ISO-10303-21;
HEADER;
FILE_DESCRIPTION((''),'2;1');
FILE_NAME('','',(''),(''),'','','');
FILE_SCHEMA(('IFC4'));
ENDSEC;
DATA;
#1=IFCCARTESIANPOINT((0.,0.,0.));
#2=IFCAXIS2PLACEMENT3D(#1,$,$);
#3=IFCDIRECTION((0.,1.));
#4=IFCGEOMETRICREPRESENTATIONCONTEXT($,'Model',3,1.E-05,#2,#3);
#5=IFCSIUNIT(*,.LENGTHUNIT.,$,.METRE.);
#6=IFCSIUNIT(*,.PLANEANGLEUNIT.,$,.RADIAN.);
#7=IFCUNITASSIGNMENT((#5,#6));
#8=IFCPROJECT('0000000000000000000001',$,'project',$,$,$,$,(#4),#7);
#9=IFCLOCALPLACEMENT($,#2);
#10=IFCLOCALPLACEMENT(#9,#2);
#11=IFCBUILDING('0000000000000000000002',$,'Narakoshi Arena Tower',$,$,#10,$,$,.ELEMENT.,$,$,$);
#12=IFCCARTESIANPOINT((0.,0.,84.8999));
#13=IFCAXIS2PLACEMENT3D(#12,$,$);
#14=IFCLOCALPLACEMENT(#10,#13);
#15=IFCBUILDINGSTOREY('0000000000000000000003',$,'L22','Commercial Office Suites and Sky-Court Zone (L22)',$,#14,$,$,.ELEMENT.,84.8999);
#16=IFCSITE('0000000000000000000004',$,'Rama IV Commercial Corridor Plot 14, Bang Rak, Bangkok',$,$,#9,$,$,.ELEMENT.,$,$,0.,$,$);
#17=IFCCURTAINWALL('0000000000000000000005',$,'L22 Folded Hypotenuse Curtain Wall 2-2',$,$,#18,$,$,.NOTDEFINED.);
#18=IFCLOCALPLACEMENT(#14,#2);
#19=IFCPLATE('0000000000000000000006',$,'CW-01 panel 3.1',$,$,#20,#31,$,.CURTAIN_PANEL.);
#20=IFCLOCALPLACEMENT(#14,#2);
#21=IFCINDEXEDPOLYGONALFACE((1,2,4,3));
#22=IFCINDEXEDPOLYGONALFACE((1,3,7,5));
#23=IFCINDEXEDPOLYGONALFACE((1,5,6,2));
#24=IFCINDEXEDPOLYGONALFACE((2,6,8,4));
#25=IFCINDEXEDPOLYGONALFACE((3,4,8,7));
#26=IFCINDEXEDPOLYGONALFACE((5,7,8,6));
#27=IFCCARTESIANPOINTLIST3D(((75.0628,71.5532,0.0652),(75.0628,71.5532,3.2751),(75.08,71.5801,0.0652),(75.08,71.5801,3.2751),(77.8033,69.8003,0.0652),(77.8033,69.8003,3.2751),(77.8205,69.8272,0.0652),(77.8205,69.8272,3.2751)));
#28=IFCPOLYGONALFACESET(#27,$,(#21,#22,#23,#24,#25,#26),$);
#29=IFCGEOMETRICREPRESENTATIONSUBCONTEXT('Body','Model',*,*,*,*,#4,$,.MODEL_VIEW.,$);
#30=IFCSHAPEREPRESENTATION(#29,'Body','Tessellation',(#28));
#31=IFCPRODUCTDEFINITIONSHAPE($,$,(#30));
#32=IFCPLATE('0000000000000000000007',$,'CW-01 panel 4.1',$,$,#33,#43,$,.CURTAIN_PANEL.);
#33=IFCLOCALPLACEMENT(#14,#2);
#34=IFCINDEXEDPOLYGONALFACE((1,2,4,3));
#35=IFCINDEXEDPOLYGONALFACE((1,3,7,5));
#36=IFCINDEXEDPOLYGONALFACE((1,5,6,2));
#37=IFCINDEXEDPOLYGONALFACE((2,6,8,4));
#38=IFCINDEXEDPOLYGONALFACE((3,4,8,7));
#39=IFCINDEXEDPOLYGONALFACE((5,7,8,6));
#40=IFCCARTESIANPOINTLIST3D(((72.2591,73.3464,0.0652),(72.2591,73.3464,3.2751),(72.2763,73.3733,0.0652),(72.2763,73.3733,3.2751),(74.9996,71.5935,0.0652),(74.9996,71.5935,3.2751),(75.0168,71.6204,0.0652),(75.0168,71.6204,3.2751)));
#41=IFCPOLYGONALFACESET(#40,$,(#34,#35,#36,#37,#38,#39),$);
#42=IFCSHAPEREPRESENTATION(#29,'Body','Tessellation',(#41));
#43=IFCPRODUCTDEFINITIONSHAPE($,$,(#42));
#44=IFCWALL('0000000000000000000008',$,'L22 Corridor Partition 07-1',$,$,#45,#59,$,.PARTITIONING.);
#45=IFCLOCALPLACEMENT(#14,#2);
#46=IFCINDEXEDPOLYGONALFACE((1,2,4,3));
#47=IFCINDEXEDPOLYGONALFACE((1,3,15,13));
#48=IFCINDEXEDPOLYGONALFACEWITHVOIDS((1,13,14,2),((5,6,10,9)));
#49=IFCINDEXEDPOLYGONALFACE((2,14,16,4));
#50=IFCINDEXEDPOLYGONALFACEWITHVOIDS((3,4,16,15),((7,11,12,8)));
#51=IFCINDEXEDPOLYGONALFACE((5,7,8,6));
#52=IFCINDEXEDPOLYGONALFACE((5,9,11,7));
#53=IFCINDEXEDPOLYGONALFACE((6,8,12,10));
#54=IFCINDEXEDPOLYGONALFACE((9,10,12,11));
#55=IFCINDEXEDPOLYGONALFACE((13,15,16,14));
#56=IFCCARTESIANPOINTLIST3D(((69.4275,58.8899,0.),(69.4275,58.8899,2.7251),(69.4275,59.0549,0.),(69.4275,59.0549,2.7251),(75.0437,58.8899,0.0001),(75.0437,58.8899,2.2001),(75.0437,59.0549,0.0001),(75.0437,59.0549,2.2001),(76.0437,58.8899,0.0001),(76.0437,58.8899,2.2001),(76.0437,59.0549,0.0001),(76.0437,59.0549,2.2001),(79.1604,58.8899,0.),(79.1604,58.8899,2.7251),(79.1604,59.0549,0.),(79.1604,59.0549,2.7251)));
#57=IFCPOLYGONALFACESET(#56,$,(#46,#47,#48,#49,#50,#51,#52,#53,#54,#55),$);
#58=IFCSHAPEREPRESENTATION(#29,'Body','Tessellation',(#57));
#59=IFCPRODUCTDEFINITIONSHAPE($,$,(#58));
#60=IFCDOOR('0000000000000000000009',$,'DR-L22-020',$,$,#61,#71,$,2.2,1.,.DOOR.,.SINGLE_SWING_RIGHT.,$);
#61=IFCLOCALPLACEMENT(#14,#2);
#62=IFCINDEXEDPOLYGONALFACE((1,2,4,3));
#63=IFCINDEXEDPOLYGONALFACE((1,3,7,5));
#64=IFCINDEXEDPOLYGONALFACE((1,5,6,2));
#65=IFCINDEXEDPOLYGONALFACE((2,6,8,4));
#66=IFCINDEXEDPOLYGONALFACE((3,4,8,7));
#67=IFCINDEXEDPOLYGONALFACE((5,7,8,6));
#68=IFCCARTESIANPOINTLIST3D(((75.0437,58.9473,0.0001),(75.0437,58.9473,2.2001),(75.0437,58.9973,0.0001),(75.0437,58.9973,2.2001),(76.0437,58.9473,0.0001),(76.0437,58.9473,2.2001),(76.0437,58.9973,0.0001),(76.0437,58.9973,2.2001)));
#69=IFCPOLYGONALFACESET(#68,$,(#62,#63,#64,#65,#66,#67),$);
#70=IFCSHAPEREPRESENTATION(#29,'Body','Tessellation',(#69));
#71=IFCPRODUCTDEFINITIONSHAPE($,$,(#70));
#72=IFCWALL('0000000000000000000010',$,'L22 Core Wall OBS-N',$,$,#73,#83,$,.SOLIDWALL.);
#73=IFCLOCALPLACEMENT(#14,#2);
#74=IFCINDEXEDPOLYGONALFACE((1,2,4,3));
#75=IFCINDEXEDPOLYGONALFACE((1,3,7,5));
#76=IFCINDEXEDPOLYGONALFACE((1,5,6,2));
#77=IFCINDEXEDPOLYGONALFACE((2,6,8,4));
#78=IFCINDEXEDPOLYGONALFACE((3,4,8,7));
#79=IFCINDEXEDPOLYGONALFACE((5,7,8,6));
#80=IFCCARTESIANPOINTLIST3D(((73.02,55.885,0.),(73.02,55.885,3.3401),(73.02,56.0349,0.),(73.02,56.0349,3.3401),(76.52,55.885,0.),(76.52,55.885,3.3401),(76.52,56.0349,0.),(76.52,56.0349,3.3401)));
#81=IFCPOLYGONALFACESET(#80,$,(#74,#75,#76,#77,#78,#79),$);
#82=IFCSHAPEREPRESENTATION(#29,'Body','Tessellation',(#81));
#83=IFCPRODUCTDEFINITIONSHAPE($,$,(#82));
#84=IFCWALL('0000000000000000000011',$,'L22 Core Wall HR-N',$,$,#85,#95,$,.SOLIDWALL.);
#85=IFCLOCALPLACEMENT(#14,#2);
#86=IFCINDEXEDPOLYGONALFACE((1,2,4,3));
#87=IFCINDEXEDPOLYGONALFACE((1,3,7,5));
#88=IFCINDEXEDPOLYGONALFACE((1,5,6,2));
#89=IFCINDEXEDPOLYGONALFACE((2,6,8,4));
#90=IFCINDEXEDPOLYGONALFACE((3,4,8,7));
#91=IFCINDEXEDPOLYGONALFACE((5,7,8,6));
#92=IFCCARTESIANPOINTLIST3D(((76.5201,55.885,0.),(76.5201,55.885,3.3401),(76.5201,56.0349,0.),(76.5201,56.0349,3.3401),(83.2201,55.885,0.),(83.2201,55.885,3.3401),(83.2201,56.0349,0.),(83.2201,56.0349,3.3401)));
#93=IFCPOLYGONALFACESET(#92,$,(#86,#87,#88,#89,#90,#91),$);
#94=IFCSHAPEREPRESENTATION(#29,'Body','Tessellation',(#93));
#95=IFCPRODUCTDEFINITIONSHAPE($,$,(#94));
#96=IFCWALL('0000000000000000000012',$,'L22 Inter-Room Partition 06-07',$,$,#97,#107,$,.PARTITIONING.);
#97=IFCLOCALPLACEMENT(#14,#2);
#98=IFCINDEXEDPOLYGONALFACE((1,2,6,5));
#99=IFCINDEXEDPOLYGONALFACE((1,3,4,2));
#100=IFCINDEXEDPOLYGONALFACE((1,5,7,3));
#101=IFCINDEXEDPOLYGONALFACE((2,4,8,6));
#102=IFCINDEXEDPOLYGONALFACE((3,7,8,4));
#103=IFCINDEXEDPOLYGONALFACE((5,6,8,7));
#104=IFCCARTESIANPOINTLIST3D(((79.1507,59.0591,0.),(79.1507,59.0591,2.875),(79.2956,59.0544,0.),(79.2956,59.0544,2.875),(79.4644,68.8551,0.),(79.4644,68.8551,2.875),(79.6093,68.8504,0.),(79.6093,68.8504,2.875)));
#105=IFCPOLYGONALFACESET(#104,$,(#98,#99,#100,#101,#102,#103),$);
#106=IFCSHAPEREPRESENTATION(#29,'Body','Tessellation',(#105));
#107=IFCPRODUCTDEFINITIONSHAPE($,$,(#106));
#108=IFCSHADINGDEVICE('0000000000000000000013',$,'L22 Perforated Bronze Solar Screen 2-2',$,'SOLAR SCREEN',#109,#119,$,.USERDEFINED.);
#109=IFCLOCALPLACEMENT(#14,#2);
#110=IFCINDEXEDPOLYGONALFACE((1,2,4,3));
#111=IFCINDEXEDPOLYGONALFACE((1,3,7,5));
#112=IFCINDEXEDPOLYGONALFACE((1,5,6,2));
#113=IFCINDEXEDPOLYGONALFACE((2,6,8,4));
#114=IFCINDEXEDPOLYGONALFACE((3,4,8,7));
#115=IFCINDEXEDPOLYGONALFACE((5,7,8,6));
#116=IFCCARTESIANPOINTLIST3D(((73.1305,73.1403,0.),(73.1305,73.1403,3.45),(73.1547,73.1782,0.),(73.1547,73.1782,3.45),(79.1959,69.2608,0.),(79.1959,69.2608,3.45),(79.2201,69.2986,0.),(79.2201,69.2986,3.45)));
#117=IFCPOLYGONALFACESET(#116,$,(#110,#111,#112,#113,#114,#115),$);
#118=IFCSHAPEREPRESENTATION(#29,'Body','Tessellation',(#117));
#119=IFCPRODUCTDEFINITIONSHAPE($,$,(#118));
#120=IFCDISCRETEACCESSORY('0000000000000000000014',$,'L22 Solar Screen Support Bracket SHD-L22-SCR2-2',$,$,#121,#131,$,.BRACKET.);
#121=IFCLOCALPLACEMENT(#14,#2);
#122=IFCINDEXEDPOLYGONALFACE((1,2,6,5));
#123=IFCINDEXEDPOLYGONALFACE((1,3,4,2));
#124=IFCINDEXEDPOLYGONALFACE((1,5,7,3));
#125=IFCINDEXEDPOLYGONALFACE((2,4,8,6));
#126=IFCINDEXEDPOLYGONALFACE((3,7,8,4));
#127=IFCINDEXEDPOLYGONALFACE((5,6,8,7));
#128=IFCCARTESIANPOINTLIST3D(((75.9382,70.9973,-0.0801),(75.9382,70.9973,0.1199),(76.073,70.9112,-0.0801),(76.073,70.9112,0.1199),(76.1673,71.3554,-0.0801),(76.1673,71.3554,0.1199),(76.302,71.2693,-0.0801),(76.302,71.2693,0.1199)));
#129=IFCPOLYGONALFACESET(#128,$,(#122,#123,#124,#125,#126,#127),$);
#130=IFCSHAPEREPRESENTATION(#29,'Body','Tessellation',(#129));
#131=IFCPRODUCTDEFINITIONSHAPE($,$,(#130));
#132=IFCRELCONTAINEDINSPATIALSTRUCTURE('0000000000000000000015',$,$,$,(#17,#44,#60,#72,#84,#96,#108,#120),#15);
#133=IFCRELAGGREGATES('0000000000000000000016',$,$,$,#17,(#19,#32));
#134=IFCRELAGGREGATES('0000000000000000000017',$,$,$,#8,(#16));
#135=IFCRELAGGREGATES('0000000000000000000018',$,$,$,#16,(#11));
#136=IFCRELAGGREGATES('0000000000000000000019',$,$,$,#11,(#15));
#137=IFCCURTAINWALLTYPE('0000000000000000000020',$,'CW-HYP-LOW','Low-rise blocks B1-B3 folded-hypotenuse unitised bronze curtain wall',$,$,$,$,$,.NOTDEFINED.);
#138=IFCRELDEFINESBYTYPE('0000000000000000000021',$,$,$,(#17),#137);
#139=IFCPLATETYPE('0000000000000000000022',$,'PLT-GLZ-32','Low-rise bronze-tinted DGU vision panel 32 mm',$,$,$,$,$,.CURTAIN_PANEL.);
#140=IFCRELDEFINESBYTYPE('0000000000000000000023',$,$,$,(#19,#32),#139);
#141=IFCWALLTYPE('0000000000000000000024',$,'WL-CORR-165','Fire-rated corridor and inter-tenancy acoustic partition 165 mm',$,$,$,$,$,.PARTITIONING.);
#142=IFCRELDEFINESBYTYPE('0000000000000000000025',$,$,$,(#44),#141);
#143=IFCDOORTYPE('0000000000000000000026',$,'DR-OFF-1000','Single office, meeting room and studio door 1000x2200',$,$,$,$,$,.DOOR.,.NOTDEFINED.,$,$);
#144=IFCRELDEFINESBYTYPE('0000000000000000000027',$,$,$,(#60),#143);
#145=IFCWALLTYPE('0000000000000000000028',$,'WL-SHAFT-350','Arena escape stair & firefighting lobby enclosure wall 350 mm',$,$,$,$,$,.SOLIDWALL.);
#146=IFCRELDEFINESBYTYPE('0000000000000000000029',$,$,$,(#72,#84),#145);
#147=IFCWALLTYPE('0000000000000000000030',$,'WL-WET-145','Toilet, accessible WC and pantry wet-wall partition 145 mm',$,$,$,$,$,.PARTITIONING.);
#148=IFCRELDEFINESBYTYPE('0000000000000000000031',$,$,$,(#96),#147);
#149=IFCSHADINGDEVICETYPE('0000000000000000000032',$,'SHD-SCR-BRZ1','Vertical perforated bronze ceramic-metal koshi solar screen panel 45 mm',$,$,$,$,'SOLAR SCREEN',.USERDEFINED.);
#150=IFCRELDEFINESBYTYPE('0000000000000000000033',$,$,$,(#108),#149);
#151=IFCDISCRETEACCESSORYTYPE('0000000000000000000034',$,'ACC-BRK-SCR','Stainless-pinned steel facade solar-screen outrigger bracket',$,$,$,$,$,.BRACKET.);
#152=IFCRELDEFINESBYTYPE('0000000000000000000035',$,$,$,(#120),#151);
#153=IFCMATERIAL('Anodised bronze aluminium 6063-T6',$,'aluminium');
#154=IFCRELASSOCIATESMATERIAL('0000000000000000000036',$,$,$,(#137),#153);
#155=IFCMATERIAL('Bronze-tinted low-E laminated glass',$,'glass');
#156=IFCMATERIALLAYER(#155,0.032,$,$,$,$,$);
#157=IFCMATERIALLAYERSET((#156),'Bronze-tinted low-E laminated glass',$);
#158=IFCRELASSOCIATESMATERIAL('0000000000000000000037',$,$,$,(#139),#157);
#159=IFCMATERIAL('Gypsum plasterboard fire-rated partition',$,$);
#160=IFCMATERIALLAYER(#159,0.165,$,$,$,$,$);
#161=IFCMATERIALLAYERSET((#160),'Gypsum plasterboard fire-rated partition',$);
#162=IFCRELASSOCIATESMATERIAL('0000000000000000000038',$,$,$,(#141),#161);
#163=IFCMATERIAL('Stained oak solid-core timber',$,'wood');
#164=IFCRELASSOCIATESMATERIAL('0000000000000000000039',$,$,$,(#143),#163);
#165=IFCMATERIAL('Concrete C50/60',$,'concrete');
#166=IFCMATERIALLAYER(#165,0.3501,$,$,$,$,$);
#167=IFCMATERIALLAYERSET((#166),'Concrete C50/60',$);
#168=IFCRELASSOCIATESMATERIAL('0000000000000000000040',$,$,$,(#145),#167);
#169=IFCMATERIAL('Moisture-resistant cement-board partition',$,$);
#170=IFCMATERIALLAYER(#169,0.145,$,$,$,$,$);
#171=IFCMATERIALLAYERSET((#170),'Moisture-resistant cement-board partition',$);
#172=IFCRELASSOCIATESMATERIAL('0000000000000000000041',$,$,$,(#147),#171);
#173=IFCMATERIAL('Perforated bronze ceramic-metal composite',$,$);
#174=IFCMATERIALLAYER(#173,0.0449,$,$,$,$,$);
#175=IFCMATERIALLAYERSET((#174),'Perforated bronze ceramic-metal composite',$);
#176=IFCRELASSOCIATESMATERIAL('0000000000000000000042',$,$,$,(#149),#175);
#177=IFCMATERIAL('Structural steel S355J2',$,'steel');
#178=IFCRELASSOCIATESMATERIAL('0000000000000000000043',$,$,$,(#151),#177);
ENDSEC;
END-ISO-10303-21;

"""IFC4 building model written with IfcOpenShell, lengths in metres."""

from ifc_helpers import new_model, si_unit, direction, frame, frame_2d, origin, origin_2d, place, context, subcontext, project, spatial, rectangle, extrude, material, layer, layer_set, type_object, element, fill, aggregate, save


model = new_model("IFC4")

# Units and contexts
model_context = context("Model", 3, precision=1e-05, world=origin(), true_north=direction((0.0, 1.0)))
body_context = subcontext(model_context, "Body", "Model", "MODEL_VIEW")
ifc_project = project(units=[si_unit("LENGTHUNIT", "METRE"), si_unit("PLANEANGLEUNIT", "RADIAN")], contexts=[model_context])

# Site, building, storey
site_placement = place(None, origin())
site = spatial("IfcSite", under=ifc_project, at=site_placement, Name="Rama IV Commercial Corridor Plot 14, Bang Rak, Bangkok", CompositionType="ELEMENT", RefElevation=0.0)
building_placement = place(site_placement, origin())
building = spatial("IfcBuilding", under=site, at=building_placement, Name="Narakoshi Arena Tower", CompositionType="ELEMENT")
storey_placement = place(building_placement, frame((0.0, 0.0, 84.8999)))
storey = spatial("IfcBuildingStorey", under=building, at=storey_placement, Name="L22", Description="Commercial Office Suites and Sky-Court Zone (L22)", CompositionType="ELEMENT", Elevation=84.8999)

# Curtain wall, plates
ifc_material_1 = material(Name="Anodised bronze aluminium 6063-T6", Category="aluminium")
curtain_wall_type = type_object("IfcCurtainWallType", Name="CW-HYP-LOW", Description="Low-rise blocks B1-B3 folded-hypotenuse unitised bronze curtain wall", PredefinedType="NOTDEFINED", material=ifc_material_1)
curtain_wall_placement = place(storey_placement, origin())
curtain_wall = element("IfcCurtainWall", 1, at=curtain_wall_placement, inside=storey, type_object=curtain_wall_type, Name="L22 Folded Hypotenuse Curtain Wall 2-2", PredefinedType="NOTDEFINED")
ifc_material_2 = material(Name="Bronze-tinted low-E laminated glass", Category="glass")
ifc_layer_1 = layer(ifc_material_2, 0.032)
ifc_layer_set_1 = layer_set([ifc_layer_1], Name="Bronze-tinted low-E laminated glass")
plate_type = type_object("IfcPlateType", Name="PLT-GLZ-32", Description="Low-rise bronze-tinted DGU vision panel 32 mm", PredefinedType="CURTAIN_PANEL", material=ifc_layer_set_1)
plate_1_placement = place(storey_placement, frame((76.4417, 70.6902, 0.0652), z_axis=(0.0, 0.0, 1.0), x_axis=(-0.842415, 0.538829, 0.0)))
plate_1 = element("IfcPlate", 2, at=plate_1_placement, type_object=plate_type, Name="CW-01 panel 3.1", PredefinedType="CURTAIN_PANEL", context=body_context, shape_type="SweptSolid", body=[
    extrude(rectangle(XDim=3.2532, YDim=0.032, at=origin_2d()), origin(), (0.0, 0.0, 1.0), 3.21),
])
plate_2_placement = place(storey_placement, frame((73.6379, 72.4834, 0.0652), z_axis=(0.0, 0.0, 1.0), x_axis=(-0.842415, 0.538829, 0.0)))
plate_2 = element("IfcPlate", 3, at=plate_2_placement, type_object=plate_type, Name="CW-01 panel 4.1", PredefinedType="CURTAIN_PANEL", context=body_context, shape_type="SweptSolid", body=[
    extrude(rectangle(XDim=3.2532, YDim=0.032, at=origin_2d()), origin(), (0.0, 0.0, 1.0), 3.21),
])
aggregate(curtain_wall, [plate_1, plate_2])

# Wall, opening, door
ifc_material_3 = material(Name="Gypsum plasterboard fire-rated partition")
ifc_layer_2 = layer(ifc_material_3, 0.165)
ifc_layer_set_2 = layer_set([ifc_layer_2], Name="Gypsum plasterboard fire-rated partition")
wall_type_1 = type_object("IfcWallType", Name="WL-CORR-165", Description="Fire-rated corridor and inter-tenancy acoustic partition 165 mm", PredefinedType="PARTITIONING", material=ifc_layer_set_2)
wall_1_placement = place(storey_placement, frame((79.1604, 58.9724, 0.0), z_axis=(0.0, 0.0, 1.0), x_axis=(-1.0, 0.0, 0.0)))
wall_1 = element("IfcWall", 4, at=wall_1_placement, inside=storey, type_object=wall_type_1, Name="L22 Corridor Partition 07-1", PredefinedType="PARTITIONING", context=body_context, shape_type="SweptSolid", body=[
    extrude(rectangle(XDim=9.7329, YDim=0.165, at=frame_2d((4.8665, 0.0))), origin(), (0.0, 0.0, 1.0), 2.7251),
])
opening_placement = place(wall_1_placement, frame((3.1167, 0.0, 0.0)))
opening = element("IfcOpeningElement", 5, at=opening_placement, cuts=wall_1, PredefinedType="OPENING", context=body_context, shape_type="SweptSolid", body=[
    extrude(rectangle(XDim=1.0, YDim=2.2, at=frame_2d((0.5, 1.1001))), frame((0.0, 0.0925, 0.0), z_axis=(0.0, -1.0, 0.0), x_axis=(1.0, 0.0, 0.0)), (0.0, 0.0, 1.0), 0.1851),
])
ifc_material_4 = material(Name="Stained oak solid-core timber", Category="wood")
door_type = type_object("IfcDoorType", Name="DR-OFF-1000", Description="Single office, meeting room and studio door 1000x2200", OperationType="NOTDEFINED", PredefinedType="DOOR", material=ifc_material_4)
door_placement = place(opening_placement, frame((1.0, 0.0, 0.0), z_axis=(0.0, 0.0, 1.0), x_axis=(-1.0, 0.0, 0.0)))
door = element("IfcDoor", 6, at=door_placement, inside=storey, type_object=door_type, Name="DR-L22-020", OperationType="SINGLE_SWING_RIGHT", OverallHeight=2.2, OverallWidth=1.0, PredefinedType="DOOR", context=body_context, shape_type="SweptSolid", body=[
    extrude(rectangle(XDim=1.0, YDim=2.2, at=frame_2d((0.5, 1.1001))), frame((0.0, 0.0249, 0.0), z_axis=(0.0, -1.0, 0.0), x_axis=(1.0, 0.0, 0.0)), (0.0, 0.0, 1.0), 0.05),
])
fill(opening, door)

# Walls
ifc_material_5 = material(Name="Concrete C50/60", Category="concrete")
ifc_layer_3 = layer(ifc_material_5, 0.3501)
ifc_layer_set_3 = layer_set([ifc_layer_3], Name="Concrete C50/60")
wall_type_2 = type_object("IfcWallType", Name="WL-SHAFT-350", Description="Arena escape stair & firefighting lobby enclosure wall 350 mm", PredefinedType="SOLIDWALL", material=ifc_layer_set_3)
wall_2_placement = place(storey_placement, frame((73.02, 55.96, 0.0), z_axis=(0.0, 0.0, 1.0), x_axis=(1.0, 0.0, 0.0)))
element("IfcWall", 7, at=wall_2_placement, inside=storey, type_object=wall_type_2, Name="L22 Core Wall OBS-N", PredefinedType="SOLIDWALL", context=body_context, shape_type="SweptSolid", body=[
    extrude(rectangle(XDim=3.5, YDim=0.1499, at=frame_2d((1.75, 0.0))), origin(), (0.0, 0.0, 1.0), 3.3401),
])
wall_3_placement = place(storey_placement, frame((76.52, 55.96, 0.0), z_axis=(0.0, 0.0, 1.0), x_axis=(1.0, 0.0, 0.0)))
element("IfcWall", 8, at=wall_3_placement, inside=storey, type_object=wall_type_2, Name="L22 Core Wall HR-N", PredefinedType="SOLIDWALL", context=body_context, shape_type="SweptSolid", body=[
    extrude(rectangle(XDim=6.7, YDim=0.1499, at=frame_2d((3.3501, 0.0))), origin(), (0.0, 0.0, 1.0), 3.3401),
])
ifc_material_6 = material(Name="Moisture-resistant cement-board partition")
ifc_layer_4 = layer(ifc_material_6, 0.145)
ifc_layer_set_4 = layer_set([ifc_layer_4], Name="Moisture-resistant cement-board partition")
wall_type_3 = type_object("IfcWallType", Name="WL-WET-145", Description="Toilet, accessible WC and pantry wet-wall partition 145 mm", PredefinedType="PARTITIONING", material=ifc_layer_set_4)
wall_4_placement = place(storey_placement, frame((79.2231, 59.0569, 0.0), z_axis=(0.0, 0.0, 1.0), x_axis=(0.032009, 0.999488, 0.0)))
element("IfcWall", 9, at=wall_4_placement, inside=storey, type_object=wall_type_3, Name="L22 Inter-Room Partition 06-07", PredefinedType="PARTITIONING", context=body_context, shape_type="SweptSolid", body=[
    extrude(rectangle(XDim=9.801, YDim=0.145, at=frame_2d((4.9004, 0.0))), origin(), (0.0, 0.0, 1.0), 2.875),
])

# Shading device
ifc_material_7 = material(Name="Perforated bronze ceramic-metal composite")
ifc_layer_5 = layer(ifc_material_7, 0.0449)
ifc_layer_set_5 = layer_set([ifc_layer_5], Name="Perforated bronze ceramic-metal composite")
shading_device_type = type_object("IfcShadingDeviceType", Name="SHD-SCR-BRZ1", Description="Vertical perforated bronze ceramic-metal koshi solar screen panel 45 mm", ElementType="SOLAR SCREEN", PredefinedType="USERDEFINED", material=ifc_layer_set_5)
shading_device_placement = place(storey_placement, frame((76.1753, 71.2195, 0.0), z_axis=(0.0, 0.0, 1.0), x_axis=(-0.842415, 0.53883, 0.0)))
element("IfcShadingDevice", 10, at=shading_device_placement, inside=storey, type_object=shading_device_type, Name="L22 Perforated Bronze Solar Screen 2-2", ObjectType="SOLAR SCREEN", PredefinedType="USERDEFINED", context=body_context, shape_type="SweptSolid", body=[
    extrude(rectangle(XDim=7.2, YDim=0.0449, at=origin_2d()), origin(), (0.0, 0.0, 1.0), 3.45),
])

# Discrete accessory
ifc_material_8 = material(Name="Structural steel S355J2", Category="steel")
discrete_accessory_type = type_object("IfcDiscreteAccessoryType", Name="ACC-BRK-SCR", Description="Stainless-pinned steel facade solar-screen outrigger bracket", PredefinedType="BRACKET", material=ifc_material_8)
discrete_accessory_placement = place(storey_placement, frame((76.1201, 71.1333, -0.0801), z_axis=(0.0, 0.0, 1.0), x_axis=(-0.842415, 0.53883, 0.0)))
element("IfcDiscreteAccessory", 11, at=discrete_accessory_placement, inside=storey, type_object=discrete_accessory_type, Name="L22 Solar Screen Support Bracket SHD-L22-SCR2-2", PredefinedType="BRACKET", context=body_context, shape_type="SweptSolid", body=[
    extrude(rectangle(XDim=0.1599, YDim=0.425, at=origin_2d()), origin(), (0.0, 0.0, 1.0), 0.2),
])

save(model, "model.ifc")
